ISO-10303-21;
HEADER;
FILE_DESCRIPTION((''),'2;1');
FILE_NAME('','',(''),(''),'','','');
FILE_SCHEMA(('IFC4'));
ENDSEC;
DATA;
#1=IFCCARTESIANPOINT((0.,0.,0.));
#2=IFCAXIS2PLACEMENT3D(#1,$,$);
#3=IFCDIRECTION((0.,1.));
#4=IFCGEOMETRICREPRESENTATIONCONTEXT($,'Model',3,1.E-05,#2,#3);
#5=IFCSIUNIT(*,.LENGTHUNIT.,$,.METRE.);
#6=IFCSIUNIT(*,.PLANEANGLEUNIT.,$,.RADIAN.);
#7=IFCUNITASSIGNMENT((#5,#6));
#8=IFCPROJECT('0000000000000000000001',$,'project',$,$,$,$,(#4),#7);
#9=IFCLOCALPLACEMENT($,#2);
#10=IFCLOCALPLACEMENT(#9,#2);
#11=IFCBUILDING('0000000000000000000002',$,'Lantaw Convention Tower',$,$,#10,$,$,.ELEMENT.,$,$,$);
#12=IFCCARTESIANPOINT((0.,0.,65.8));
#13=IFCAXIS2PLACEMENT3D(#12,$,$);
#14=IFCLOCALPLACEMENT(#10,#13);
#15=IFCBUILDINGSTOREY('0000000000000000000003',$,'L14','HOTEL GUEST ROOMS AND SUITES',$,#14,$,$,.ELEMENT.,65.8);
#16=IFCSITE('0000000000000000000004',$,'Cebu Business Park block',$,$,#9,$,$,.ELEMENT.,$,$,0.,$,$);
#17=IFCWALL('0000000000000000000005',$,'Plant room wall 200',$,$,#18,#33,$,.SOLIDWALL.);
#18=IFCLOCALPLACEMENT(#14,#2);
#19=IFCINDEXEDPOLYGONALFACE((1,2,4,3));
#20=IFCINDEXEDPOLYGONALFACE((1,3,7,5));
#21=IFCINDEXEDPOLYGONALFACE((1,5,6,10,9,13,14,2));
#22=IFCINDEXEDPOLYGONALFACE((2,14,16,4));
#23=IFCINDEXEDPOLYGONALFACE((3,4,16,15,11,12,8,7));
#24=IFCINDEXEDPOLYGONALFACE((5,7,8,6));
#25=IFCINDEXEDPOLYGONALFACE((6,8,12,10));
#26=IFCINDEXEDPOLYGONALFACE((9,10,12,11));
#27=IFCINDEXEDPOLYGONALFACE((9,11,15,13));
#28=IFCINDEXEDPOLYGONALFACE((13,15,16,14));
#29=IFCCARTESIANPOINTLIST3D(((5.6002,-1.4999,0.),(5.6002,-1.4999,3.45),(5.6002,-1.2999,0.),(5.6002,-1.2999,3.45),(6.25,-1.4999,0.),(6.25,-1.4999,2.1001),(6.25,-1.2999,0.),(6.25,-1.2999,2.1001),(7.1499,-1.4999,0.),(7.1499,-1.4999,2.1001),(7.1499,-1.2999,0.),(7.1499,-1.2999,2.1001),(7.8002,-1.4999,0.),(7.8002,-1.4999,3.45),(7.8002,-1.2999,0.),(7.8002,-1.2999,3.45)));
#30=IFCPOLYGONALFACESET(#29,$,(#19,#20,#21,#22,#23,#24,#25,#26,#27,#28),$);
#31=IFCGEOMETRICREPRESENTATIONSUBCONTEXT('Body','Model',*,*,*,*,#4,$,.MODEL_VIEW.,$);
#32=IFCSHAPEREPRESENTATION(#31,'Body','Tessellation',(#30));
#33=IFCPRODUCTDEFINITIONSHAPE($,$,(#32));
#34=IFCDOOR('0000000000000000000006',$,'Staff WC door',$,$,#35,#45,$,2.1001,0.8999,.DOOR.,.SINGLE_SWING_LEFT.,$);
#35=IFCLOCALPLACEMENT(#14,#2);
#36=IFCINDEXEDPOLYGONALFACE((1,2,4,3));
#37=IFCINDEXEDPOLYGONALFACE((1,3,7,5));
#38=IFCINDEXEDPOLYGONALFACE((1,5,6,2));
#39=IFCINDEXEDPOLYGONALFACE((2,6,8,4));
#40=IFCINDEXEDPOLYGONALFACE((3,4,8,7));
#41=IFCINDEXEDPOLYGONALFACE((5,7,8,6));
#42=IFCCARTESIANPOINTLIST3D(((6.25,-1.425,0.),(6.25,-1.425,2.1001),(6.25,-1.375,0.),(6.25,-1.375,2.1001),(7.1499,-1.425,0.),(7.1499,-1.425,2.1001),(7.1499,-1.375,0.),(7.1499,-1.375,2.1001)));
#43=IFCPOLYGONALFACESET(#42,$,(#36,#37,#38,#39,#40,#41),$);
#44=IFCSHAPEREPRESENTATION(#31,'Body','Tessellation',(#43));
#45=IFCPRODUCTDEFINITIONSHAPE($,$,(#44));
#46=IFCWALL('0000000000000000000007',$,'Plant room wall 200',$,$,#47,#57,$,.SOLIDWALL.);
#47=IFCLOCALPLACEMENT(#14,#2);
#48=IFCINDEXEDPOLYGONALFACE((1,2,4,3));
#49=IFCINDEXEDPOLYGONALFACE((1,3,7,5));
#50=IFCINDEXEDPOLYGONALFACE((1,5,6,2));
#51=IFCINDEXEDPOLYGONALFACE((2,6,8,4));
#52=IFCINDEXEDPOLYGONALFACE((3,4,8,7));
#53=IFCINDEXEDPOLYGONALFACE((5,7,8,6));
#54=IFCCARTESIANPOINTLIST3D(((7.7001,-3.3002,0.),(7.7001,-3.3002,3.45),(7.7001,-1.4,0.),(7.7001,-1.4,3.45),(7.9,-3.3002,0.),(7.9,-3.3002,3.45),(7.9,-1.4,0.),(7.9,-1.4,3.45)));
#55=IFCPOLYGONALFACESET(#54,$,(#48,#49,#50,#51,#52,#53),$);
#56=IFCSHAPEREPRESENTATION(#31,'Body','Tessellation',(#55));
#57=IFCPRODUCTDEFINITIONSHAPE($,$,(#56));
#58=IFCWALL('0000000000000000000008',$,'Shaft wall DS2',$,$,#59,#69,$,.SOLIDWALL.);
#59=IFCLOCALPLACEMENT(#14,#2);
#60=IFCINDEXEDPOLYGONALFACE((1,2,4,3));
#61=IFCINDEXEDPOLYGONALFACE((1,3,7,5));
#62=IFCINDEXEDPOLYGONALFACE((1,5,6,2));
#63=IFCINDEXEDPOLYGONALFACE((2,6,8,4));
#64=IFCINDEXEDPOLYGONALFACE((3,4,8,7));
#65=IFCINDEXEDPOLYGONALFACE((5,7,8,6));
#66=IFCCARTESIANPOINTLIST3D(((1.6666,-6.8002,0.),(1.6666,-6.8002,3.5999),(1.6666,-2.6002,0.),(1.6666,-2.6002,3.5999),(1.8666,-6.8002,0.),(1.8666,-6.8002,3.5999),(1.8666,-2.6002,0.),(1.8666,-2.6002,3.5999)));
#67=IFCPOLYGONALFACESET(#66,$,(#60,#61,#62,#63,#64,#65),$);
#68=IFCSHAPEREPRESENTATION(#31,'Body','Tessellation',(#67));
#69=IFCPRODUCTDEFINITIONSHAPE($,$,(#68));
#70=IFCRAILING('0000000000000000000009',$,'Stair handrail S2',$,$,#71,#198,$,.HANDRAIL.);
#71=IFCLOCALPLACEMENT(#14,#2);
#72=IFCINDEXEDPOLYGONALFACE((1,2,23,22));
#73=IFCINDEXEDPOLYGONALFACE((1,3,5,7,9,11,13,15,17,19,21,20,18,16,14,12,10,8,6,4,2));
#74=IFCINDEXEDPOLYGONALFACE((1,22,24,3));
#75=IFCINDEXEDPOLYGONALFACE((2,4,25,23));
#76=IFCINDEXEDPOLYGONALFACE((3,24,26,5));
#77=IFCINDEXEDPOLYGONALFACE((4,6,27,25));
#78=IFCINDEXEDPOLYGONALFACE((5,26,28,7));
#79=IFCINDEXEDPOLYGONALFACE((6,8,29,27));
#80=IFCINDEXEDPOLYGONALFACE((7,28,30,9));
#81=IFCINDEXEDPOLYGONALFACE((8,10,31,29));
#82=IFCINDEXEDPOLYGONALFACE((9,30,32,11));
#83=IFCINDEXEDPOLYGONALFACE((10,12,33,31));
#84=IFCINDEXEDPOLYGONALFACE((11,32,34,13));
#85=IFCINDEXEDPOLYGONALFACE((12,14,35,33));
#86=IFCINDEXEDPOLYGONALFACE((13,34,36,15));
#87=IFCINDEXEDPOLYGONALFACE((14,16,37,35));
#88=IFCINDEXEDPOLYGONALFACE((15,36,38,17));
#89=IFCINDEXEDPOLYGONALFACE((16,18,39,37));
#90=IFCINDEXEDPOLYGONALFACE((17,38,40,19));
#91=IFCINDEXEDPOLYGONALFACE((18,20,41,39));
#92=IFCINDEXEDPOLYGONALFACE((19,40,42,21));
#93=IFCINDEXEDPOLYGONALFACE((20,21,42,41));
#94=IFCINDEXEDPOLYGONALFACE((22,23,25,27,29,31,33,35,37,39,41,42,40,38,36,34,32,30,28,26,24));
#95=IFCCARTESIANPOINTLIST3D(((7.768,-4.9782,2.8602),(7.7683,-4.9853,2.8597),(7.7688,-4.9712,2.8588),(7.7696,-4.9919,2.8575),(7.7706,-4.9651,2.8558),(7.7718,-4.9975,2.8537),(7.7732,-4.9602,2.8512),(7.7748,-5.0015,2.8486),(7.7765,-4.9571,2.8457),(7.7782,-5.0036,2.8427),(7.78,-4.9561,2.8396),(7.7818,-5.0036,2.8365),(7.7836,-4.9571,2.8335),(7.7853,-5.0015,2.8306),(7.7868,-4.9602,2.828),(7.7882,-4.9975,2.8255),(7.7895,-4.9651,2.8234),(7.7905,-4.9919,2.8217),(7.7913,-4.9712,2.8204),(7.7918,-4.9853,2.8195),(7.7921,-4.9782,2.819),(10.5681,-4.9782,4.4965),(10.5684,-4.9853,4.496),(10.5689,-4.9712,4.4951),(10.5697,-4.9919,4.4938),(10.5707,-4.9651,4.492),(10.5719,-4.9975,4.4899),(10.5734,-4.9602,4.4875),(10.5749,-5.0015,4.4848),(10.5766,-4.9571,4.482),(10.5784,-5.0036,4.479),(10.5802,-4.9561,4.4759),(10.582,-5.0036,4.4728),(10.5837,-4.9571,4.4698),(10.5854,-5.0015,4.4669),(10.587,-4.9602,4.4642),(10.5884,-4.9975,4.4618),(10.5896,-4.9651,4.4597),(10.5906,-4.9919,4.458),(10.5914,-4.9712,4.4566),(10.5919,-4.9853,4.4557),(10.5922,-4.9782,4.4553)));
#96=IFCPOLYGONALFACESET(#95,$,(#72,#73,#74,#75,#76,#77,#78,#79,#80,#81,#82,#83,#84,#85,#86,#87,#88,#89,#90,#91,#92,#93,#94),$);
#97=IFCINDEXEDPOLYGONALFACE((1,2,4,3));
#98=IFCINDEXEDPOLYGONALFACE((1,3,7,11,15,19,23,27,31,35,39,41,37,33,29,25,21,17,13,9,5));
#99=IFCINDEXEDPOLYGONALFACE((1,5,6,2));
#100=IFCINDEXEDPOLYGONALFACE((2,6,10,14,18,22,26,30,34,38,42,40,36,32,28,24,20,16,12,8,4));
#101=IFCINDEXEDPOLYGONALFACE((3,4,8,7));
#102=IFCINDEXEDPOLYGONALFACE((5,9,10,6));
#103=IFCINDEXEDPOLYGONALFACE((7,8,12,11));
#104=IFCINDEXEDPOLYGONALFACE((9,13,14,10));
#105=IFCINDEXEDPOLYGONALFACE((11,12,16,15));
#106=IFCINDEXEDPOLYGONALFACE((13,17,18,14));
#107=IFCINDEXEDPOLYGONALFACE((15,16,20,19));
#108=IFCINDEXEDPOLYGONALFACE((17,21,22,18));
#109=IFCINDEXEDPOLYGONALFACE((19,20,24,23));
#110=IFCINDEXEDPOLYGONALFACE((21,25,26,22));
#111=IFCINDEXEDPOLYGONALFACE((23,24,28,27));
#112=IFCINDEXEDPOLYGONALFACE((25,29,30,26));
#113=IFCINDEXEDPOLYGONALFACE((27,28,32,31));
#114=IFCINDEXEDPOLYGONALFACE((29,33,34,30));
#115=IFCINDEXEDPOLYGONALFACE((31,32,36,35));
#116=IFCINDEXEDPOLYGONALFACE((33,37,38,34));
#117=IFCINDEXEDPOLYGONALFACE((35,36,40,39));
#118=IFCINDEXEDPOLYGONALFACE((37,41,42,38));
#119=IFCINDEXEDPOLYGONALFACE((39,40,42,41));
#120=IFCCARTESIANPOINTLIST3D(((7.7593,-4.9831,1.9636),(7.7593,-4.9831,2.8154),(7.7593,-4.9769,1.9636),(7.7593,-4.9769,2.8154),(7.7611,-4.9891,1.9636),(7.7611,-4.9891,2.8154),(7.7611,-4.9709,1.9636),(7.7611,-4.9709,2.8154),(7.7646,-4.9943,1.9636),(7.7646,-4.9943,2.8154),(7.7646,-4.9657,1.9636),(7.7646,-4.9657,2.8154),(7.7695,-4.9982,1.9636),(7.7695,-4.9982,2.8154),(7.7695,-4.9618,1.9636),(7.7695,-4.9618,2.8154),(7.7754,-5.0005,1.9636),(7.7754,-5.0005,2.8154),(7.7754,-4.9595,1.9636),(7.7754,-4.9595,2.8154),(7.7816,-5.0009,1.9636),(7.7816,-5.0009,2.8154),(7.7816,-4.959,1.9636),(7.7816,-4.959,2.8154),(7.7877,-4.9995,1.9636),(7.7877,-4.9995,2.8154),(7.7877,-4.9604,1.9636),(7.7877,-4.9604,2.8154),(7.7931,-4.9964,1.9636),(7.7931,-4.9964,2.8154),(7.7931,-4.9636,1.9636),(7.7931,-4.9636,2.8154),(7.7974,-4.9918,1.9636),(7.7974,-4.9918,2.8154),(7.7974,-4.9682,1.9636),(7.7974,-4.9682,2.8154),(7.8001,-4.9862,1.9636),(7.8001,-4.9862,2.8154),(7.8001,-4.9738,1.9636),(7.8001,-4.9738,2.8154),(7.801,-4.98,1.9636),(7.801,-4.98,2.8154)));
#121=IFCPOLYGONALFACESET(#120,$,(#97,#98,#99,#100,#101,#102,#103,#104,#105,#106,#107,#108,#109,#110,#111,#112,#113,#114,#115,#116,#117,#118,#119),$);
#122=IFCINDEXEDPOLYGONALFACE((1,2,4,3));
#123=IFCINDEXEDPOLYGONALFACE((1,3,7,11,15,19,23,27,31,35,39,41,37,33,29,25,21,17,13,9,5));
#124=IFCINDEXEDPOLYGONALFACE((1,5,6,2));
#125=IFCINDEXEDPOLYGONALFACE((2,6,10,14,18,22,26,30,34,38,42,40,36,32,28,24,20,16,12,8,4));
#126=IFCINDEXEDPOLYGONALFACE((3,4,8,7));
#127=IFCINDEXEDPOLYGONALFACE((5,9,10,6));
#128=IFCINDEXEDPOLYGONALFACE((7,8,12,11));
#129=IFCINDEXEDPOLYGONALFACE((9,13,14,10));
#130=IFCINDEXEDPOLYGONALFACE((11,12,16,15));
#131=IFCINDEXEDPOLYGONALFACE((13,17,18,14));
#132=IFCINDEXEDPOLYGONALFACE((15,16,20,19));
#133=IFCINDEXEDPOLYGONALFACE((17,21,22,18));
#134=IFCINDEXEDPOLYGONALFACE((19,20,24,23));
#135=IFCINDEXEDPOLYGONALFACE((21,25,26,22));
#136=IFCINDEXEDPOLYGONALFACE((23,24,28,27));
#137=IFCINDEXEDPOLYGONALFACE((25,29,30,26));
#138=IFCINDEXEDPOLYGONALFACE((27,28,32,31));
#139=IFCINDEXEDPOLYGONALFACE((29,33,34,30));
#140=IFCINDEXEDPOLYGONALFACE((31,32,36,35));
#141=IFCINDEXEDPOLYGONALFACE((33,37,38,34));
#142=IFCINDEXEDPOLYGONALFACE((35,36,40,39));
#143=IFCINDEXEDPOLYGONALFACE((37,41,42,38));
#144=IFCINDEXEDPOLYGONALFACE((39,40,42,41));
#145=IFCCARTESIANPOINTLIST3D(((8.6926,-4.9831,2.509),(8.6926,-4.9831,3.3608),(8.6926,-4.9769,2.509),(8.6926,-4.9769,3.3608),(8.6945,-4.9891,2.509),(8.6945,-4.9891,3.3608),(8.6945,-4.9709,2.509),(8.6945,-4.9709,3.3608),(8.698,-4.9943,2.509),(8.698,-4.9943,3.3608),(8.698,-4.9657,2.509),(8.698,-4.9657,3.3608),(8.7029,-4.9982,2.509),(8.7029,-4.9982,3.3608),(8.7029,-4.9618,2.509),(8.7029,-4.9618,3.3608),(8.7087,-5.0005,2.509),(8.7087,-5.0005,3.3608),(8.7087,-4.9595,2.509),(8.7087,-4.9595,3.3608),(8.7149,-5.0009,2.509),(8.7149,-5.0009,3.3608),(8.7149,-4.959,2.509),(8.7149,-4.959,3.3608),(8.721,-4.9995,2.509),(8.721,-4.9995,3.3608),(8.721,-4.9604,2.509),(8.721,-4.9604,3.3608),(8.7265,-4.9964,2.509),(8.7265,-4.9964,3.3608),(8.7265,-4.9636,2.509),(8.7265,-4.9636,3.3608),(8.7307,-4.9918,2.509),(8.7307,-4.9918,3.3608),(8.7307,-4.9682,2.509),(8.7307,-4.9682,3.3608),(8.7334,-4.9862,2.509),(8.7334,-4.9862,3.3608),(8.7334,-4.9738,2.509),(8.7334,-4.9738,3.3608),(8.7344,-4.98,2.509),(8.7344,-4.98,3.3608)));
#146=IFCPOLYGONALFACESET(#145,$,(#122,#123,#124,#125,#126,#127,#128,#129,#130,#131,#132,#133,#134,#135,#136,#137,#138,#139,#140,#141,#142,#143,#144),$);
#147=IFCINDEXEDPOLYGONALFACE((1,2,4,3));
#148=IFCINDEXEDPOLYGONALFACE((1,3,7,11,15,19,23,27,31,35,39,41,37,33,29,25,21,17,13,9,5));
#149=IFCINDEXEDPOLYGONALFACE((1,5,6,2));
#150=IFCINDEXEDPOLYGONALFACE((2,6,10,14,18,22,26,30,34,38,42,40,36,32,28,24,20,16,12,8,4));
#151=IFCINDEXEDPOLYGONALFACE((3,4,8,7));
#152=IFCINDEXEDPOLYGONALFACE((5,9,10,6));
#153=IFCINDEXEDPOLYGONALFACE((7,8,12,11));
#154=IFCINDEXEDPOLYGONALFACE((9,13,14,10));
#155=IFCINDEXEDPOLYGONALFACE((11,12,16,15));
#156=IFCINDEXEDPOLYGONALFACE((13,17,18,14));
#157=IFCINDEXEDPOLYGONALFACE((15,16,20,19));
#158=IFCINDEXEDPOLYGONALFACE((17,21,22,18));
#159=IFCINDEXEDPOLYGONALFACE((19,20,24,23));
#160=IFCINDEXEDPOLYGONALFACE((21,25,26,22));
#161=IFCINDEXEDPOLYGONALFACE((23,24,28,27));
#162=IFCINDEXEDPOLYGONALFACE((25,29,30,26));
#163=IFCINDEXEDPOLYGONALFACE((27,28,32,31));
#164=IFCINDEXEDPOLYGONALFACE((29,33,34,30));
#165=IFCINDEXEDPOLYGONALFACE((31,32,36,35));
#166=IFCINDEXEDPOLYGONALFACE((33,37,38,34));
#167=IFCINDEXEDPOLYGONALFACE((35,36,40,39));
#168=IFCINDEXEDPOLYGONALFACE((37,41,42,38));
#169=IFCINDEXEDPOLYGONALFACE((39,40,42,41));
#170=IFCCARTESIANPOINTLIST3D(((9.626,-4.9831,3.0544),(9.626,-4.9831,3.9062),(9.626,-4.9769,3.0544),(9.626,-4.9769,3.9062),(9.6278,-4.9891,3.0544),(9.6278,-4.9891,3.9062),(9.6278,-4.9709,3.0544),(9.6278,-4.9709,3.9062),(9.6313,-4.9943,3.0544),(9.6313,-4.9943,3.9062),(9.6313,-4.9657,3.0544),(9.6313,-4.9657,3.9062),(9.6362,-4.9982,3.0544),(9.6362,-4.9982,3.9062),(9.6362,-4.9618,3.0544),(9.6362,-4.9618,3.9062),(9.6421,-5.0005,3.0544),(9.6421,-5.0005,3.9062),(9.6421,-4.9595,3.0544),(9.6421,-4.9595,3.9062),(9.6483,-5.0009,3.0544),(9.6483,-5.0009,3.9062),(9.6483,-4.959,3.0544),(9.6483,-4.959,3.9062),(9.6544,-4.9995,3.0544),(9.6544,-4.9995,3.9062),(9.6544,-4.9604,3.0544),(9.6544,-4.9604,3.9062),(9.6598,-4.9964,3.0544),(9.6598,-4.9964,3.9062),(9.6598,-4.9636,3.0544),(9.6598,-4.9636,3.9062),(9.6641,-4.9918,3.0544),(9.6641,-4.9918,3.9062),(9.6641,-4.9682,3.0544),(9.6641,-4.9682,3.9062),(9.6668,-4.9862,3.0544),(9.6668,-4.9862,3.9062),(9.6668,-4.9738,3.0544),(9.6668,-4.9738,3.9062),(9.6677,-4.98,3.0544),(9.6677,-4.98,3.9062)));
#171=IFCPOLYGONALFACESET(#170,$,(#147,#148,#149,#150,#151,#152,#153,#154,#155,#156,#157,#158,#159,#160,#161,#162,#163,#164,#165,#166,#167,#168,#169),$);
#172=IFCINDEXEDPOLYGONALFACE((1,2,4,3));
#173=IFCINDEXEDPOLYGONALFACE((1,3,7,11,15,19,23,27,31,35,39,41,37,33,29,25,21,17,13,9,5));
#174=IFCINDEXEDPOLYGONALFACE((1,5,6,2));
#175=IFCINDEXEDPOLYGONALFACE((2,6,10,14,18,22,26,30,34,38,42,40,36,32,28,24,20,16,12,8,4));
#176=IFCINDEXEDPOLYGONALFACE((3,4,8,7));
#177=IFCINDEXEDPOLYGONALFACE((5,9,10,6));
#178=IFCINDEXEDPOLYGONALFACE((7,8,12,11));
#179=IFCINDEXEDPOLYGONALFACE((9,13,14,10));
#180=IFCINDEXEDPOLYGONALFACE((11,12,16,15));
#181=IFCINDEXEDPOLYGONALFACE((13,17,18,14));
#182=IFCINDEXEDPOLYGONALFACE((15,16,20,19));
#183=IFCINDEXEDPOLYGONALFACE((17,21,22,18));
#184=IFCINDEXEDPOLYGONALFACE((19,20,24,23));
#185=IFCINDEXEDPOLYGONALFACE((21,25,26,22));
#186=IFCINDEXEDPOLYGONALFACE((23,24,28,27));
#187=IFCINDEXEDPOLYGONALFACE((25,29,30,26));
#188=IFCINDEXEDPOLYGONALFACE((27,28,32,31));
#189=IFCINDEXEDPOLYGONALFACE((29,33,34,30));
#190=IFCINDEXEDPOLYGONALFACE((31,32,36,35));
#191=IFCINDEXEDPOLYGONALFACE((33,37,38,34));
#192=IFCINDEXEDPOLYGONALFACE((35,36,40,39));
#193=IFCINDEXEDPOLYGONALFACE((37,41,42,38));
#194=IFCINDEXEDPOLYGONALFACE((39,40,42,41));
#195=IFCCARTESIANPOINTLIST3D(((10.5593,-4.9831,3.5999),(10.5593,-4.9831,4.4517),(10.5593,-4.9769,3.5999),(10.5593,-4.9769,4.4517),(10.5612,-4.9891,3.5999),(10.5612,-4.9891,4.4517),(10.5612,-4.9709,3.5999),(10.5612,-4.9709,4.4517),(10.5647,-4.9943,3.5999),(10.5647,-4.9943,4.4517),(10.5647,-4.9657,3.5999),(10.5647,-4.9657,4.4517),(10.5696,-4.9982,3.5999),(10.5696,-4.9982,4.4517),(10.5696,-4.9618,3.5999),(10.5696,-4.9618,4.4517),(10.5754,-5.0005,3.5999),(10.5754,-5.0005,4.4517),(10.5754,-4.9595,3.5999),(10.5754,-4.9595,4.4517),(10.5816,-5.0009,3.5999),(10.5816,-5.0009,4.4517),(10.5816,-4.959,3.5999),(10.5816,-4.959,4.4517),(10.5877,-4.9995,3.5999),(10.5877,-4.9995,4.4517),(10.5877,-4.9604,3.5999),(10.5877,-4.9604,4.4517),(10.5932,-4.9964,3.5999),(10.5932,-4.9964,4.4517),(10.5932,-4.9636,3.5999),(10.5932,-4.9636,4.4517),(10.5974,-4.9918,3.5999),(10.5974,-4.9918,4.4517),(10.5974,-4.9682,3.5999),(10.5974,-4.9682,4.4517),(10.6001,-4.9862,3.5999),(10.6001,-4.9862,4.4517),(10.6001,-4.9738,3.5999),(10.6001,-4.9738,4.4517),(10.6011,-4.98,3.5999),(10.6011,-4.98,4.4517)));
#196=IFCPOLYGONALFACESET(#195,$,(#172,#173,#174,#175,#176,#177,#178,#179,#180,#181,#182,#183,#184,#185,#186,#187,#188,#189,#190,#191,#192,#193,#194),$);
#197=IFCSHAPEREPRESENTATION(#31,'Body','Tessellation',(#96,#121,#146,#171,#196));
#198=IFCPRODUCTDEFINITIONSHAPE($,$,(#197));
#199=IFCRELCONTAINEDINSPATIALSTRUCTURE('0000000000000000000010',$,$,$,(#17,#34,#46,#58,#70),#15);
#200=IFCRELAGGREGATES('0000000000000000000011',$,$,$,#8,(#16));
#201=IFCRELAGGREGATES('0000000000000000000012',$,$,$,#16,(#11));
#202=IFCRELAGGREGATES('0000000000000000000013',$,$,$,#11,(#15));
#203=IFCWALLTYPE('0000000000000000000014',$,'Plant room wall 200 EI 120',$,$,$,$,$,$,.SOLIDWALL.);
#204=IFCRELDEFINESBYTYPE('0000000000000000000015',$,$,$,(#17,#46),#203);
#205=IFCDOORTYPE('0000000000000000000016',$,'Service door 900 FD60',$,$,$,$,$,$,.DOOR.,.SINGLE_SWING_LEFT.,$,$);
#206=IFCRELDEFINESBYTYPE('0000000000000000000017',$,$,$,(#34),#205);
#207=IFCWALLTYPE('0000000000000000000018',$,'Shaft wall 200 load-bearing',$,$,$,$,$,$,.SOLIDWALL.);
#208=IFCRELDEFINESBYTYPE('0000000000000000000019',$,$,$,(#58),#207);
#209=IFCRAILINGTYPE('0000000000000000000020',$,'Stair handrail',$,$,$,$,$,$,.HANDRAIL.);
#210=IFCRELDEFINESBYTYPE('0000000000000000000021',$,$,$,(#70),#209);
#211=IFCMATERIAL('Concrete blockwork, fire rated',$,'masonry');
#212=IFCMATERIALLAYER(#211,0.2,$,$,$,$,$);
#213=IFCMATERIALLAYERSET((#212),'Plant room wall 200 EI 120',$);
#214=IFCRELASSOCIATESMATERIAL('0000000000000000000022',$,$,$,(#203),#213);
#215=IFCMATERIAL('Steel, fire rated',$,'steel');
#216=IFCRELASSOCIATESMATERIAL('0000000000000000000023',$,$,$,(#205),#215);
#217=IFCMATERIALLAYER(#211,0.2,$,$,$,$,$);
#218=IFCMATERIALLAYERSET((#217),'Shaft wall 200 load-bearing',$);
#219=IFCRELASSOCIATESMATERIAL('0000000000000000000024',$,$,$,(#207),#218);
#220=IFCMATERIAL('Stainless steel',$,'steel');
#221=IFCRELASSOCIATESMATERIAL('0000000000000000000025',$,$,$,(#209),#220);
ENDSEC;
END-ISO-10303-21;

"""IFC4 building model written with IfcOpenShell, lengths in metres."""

from ifc_helpers import new_model, si_unit, direction, frame, frame_2d, origin, origin_2d, place, context, subcontext, project, spatial, rectangle, circle, extrude, material, layer, layer_set, type_object, element, fill, save


model = new_model("IFC4")

# Units and contexts
model_context = context("Model", 3, precision=1e-05, world=origin(), true_north=direction((0.0, 1.0)))
body_context = subcontext(model_context, "Body", "Model", "MODEL_VIEW")
ifc_project = project(units=[si_unit("LENGTHUNIT", "METRE"), si_unit("PLANEANGLEUNIT", "RADIAN")], contexts=[model_context])

# Site, building, storey
site_placement = place(None, origin())
site = spatial("IfcSite", under=ifc_project, at=site_placement, Name="Cebu Business Park block", CompositionType="ELEMENT", RefElevation=0.0)
building_placement = place(site_placement, origin())
building = spatial("IfcBuilding", under=site, at=building_placement, Name="Lantaw Convention Tower", CompositionType="ELEMENT")
storey_placement = place(building_placement, frame((0.0, 0.0, 65.8)))
storey = spatial("IfcBuildingStorey", under=building, at=storey_placement, Name="L14", Description="HOTEL GUEST ROOMS AND SUITES", CompositionType="ELEMENT", Elevation=65.8)

# Wall, opening, door
ifc_material_1 = material(Name="Steel, fire rated", Category="steel")
ifc_material_2 = material(Name="Concrete blockwork, fire rated", Category="masonry")
ifc_layer_1 = layer(ifc_material_2, 0.2)
ifc_layer_set_1 = layer_set([ifc_layer_1], Name="Plant room wall 200 EI 120")
wall_type_1 = type_object("IfcWallType", Name="Plant room wall 200 EI 120", PredefinedType="SOLIDWALL", material=ifc_layer_set_1)
wall_1_placement = place(storey_placement, frame((5.6001, -1.3999, 0.0), z_axis=(0.0, 0.0, 1.0), x_axis=(1.0, 0.0, 0.0)))
wall_1 = element("IfcWall", 1, at=wall_1_placement, inside=storey, type_object=wall_type_1, Name="Plant room wall 200", PredefinedType="SOLIDWALL", context=body_context, shape_type="SweptSolid", body=[
    extrude(rectangle(XDim=2.2, YDim=0.2, at=frame_2d((1.1001, 0.0))), origin(), (0.0, 0.0, 1.0), 3.45),
])
opening_1_placement = place(wall_1_placement, frame((0.6499, 0.0, 0.0)))
opening_1 = element("IfcOpeningElement", 2, at=opening_1_placement, cuts=wall_1, PredefinedType="OPENING", context=body_context, shape_type="SweptSolid", body=[
    extrude(rectangle(XDim=0.8999, YDim=2.1001, at=frame_2d((0.45, 1.05))), frame((0.0, 0.1099, 0.0), z_axis=(0.0, -1.0, 0.0), x_axis=(1.0, 0.0, 0.0)), (0.0, 0.0, 1.0), 0.22),
])
door_type_1 = type_object("IfcDoorType", Name="Service door 900 FD60", OperationType="SINGLE_SWING_LEFT", PredefinedType="DOOR", material=ifc_material_1)
door_1_placement = place(opening_1_placement, origin())
door_1 = element("IfcDoor", 3, at=door_1_placement, inside=storey, type_object=door_type_1, Name="Staff WC door", OperationType="SINGLE_SWING_LEFT", OverallHeight=2.1001, OverallWidth=0.8999, PredefinedType="DOOR", context=body_context, shape_type="SweptSolid", body=[
    extrude(rectangle(XDim=0.8999, YDim=2.1001, at=frame_2d((0.45, 1.05))), frame((0.0, 0.0249, 0.0), z_axis=(0.0, -1.0, 0.0), x_axis=(1.0, 0.0, 0.0)), (0.0, 0.0, 1.0), 0.05),
])
fill(opening_1, door_1)

# Walls
wall_2_placement = place(storey_placement, frame((7.8, -1.3999, 0.0), z_axis=(0.0, 0.0, 1.0), x_axis=(0.0, -1.0, 0.0)))
element("IfcWall", 4, at=wall_2_placement, inside=storey, type_object=wall_type_1, Name="Plant room wall 200", PredefinedType="SOLIDWALL", context=body_context, shape_type="SweptSolid", body=[
    extrude(rectangle(XDim=1.9001, YDim=0.2, at=frame_2d((0.9502, 0.0))), origin(), (0.0, 0.0, 1.0), 3.45),
])
ifc_layer_2 = layer(ifc_material_2, 0.2)
ifc_layer_set_2 = layer_set([ifc_layer_2], Name="Shaft wall 200 load-bearing")
wall_type_2 = type_object("IfcWallType", Name="Shaft wall 200 load-bearing", PredefinedType="SOLIDWALL", material=ifc_layer_set_2)
wall_3_placement = place(storey_placement, frame((1.7666, -2.6001, 0.0), z_axis=(0.0, 0.0, 1.0), x_axis=(0.0, -1.0, 0.0)))
element("IfcWall", 5, at=wall_3_placement, inside=storey, type_object=wall_type_2, Name="Shaft wall DS2", PredefinedType="SOLIDWALL", context=body_context, shape_type="SweptSolid", body=[
    extrude(rectangle(XDim=4.2, YDim=0.2, at=frame_2d((2.1001, 0.0))), origin(), (0.0, 0.0, 1.0), 3.5999),
])

# Railing
ifc_material_3 = material(Name="Stainless steel", Category="steel")
railing_type = type_object("IfcRailingType", Name="Stair handrail", PredefinedType="HANDRAIL", material=ifc_material_3)
railing_placement = place(storey_placement, frame((7.78, -4.98, 1.9636)))
element("IfcRailing", 6, at=railing_placement, inside=storey, type_object=railing_type, Name="Stair handrail S2", PredefinedType="HANDRAIL", context=body_context, shape_type="SweptSolid", body=[
    extrude(circle(Radius=0.0239, at=origin_2d()), frame((0.0, 0.0, 0.876), z_axis=(0.863394, 0.0, 0.504531), x_axis=(0.0, 1.0, 0.0)), (0.0, 0.0, 1.0), 3.2432),
    extrude(circle(Radius=0.021, at=origin_2d()), origin(), (0.0, 0.0, 1.0), 0.8518),
    extrude(circle(Radius=0.021, at=origin_2d()), frame((0.9333, 0.0, 0.5454)), (0.0, 0.0, 1.0), 0.8518),
    extrude(circle(Radius=0.021, at=origin_2d()), frame((1.8667, 0.0, 1.0908)), (0.0, 0.0, 1.0), 0.8518),
    extrude(circle(Radius=0.021, at=origin_2d()), frame((2.8, 0.0, 1.6362)), (0.0, 0.0, 1.0), 0.8518),
])

save(model, "model.ifc")
